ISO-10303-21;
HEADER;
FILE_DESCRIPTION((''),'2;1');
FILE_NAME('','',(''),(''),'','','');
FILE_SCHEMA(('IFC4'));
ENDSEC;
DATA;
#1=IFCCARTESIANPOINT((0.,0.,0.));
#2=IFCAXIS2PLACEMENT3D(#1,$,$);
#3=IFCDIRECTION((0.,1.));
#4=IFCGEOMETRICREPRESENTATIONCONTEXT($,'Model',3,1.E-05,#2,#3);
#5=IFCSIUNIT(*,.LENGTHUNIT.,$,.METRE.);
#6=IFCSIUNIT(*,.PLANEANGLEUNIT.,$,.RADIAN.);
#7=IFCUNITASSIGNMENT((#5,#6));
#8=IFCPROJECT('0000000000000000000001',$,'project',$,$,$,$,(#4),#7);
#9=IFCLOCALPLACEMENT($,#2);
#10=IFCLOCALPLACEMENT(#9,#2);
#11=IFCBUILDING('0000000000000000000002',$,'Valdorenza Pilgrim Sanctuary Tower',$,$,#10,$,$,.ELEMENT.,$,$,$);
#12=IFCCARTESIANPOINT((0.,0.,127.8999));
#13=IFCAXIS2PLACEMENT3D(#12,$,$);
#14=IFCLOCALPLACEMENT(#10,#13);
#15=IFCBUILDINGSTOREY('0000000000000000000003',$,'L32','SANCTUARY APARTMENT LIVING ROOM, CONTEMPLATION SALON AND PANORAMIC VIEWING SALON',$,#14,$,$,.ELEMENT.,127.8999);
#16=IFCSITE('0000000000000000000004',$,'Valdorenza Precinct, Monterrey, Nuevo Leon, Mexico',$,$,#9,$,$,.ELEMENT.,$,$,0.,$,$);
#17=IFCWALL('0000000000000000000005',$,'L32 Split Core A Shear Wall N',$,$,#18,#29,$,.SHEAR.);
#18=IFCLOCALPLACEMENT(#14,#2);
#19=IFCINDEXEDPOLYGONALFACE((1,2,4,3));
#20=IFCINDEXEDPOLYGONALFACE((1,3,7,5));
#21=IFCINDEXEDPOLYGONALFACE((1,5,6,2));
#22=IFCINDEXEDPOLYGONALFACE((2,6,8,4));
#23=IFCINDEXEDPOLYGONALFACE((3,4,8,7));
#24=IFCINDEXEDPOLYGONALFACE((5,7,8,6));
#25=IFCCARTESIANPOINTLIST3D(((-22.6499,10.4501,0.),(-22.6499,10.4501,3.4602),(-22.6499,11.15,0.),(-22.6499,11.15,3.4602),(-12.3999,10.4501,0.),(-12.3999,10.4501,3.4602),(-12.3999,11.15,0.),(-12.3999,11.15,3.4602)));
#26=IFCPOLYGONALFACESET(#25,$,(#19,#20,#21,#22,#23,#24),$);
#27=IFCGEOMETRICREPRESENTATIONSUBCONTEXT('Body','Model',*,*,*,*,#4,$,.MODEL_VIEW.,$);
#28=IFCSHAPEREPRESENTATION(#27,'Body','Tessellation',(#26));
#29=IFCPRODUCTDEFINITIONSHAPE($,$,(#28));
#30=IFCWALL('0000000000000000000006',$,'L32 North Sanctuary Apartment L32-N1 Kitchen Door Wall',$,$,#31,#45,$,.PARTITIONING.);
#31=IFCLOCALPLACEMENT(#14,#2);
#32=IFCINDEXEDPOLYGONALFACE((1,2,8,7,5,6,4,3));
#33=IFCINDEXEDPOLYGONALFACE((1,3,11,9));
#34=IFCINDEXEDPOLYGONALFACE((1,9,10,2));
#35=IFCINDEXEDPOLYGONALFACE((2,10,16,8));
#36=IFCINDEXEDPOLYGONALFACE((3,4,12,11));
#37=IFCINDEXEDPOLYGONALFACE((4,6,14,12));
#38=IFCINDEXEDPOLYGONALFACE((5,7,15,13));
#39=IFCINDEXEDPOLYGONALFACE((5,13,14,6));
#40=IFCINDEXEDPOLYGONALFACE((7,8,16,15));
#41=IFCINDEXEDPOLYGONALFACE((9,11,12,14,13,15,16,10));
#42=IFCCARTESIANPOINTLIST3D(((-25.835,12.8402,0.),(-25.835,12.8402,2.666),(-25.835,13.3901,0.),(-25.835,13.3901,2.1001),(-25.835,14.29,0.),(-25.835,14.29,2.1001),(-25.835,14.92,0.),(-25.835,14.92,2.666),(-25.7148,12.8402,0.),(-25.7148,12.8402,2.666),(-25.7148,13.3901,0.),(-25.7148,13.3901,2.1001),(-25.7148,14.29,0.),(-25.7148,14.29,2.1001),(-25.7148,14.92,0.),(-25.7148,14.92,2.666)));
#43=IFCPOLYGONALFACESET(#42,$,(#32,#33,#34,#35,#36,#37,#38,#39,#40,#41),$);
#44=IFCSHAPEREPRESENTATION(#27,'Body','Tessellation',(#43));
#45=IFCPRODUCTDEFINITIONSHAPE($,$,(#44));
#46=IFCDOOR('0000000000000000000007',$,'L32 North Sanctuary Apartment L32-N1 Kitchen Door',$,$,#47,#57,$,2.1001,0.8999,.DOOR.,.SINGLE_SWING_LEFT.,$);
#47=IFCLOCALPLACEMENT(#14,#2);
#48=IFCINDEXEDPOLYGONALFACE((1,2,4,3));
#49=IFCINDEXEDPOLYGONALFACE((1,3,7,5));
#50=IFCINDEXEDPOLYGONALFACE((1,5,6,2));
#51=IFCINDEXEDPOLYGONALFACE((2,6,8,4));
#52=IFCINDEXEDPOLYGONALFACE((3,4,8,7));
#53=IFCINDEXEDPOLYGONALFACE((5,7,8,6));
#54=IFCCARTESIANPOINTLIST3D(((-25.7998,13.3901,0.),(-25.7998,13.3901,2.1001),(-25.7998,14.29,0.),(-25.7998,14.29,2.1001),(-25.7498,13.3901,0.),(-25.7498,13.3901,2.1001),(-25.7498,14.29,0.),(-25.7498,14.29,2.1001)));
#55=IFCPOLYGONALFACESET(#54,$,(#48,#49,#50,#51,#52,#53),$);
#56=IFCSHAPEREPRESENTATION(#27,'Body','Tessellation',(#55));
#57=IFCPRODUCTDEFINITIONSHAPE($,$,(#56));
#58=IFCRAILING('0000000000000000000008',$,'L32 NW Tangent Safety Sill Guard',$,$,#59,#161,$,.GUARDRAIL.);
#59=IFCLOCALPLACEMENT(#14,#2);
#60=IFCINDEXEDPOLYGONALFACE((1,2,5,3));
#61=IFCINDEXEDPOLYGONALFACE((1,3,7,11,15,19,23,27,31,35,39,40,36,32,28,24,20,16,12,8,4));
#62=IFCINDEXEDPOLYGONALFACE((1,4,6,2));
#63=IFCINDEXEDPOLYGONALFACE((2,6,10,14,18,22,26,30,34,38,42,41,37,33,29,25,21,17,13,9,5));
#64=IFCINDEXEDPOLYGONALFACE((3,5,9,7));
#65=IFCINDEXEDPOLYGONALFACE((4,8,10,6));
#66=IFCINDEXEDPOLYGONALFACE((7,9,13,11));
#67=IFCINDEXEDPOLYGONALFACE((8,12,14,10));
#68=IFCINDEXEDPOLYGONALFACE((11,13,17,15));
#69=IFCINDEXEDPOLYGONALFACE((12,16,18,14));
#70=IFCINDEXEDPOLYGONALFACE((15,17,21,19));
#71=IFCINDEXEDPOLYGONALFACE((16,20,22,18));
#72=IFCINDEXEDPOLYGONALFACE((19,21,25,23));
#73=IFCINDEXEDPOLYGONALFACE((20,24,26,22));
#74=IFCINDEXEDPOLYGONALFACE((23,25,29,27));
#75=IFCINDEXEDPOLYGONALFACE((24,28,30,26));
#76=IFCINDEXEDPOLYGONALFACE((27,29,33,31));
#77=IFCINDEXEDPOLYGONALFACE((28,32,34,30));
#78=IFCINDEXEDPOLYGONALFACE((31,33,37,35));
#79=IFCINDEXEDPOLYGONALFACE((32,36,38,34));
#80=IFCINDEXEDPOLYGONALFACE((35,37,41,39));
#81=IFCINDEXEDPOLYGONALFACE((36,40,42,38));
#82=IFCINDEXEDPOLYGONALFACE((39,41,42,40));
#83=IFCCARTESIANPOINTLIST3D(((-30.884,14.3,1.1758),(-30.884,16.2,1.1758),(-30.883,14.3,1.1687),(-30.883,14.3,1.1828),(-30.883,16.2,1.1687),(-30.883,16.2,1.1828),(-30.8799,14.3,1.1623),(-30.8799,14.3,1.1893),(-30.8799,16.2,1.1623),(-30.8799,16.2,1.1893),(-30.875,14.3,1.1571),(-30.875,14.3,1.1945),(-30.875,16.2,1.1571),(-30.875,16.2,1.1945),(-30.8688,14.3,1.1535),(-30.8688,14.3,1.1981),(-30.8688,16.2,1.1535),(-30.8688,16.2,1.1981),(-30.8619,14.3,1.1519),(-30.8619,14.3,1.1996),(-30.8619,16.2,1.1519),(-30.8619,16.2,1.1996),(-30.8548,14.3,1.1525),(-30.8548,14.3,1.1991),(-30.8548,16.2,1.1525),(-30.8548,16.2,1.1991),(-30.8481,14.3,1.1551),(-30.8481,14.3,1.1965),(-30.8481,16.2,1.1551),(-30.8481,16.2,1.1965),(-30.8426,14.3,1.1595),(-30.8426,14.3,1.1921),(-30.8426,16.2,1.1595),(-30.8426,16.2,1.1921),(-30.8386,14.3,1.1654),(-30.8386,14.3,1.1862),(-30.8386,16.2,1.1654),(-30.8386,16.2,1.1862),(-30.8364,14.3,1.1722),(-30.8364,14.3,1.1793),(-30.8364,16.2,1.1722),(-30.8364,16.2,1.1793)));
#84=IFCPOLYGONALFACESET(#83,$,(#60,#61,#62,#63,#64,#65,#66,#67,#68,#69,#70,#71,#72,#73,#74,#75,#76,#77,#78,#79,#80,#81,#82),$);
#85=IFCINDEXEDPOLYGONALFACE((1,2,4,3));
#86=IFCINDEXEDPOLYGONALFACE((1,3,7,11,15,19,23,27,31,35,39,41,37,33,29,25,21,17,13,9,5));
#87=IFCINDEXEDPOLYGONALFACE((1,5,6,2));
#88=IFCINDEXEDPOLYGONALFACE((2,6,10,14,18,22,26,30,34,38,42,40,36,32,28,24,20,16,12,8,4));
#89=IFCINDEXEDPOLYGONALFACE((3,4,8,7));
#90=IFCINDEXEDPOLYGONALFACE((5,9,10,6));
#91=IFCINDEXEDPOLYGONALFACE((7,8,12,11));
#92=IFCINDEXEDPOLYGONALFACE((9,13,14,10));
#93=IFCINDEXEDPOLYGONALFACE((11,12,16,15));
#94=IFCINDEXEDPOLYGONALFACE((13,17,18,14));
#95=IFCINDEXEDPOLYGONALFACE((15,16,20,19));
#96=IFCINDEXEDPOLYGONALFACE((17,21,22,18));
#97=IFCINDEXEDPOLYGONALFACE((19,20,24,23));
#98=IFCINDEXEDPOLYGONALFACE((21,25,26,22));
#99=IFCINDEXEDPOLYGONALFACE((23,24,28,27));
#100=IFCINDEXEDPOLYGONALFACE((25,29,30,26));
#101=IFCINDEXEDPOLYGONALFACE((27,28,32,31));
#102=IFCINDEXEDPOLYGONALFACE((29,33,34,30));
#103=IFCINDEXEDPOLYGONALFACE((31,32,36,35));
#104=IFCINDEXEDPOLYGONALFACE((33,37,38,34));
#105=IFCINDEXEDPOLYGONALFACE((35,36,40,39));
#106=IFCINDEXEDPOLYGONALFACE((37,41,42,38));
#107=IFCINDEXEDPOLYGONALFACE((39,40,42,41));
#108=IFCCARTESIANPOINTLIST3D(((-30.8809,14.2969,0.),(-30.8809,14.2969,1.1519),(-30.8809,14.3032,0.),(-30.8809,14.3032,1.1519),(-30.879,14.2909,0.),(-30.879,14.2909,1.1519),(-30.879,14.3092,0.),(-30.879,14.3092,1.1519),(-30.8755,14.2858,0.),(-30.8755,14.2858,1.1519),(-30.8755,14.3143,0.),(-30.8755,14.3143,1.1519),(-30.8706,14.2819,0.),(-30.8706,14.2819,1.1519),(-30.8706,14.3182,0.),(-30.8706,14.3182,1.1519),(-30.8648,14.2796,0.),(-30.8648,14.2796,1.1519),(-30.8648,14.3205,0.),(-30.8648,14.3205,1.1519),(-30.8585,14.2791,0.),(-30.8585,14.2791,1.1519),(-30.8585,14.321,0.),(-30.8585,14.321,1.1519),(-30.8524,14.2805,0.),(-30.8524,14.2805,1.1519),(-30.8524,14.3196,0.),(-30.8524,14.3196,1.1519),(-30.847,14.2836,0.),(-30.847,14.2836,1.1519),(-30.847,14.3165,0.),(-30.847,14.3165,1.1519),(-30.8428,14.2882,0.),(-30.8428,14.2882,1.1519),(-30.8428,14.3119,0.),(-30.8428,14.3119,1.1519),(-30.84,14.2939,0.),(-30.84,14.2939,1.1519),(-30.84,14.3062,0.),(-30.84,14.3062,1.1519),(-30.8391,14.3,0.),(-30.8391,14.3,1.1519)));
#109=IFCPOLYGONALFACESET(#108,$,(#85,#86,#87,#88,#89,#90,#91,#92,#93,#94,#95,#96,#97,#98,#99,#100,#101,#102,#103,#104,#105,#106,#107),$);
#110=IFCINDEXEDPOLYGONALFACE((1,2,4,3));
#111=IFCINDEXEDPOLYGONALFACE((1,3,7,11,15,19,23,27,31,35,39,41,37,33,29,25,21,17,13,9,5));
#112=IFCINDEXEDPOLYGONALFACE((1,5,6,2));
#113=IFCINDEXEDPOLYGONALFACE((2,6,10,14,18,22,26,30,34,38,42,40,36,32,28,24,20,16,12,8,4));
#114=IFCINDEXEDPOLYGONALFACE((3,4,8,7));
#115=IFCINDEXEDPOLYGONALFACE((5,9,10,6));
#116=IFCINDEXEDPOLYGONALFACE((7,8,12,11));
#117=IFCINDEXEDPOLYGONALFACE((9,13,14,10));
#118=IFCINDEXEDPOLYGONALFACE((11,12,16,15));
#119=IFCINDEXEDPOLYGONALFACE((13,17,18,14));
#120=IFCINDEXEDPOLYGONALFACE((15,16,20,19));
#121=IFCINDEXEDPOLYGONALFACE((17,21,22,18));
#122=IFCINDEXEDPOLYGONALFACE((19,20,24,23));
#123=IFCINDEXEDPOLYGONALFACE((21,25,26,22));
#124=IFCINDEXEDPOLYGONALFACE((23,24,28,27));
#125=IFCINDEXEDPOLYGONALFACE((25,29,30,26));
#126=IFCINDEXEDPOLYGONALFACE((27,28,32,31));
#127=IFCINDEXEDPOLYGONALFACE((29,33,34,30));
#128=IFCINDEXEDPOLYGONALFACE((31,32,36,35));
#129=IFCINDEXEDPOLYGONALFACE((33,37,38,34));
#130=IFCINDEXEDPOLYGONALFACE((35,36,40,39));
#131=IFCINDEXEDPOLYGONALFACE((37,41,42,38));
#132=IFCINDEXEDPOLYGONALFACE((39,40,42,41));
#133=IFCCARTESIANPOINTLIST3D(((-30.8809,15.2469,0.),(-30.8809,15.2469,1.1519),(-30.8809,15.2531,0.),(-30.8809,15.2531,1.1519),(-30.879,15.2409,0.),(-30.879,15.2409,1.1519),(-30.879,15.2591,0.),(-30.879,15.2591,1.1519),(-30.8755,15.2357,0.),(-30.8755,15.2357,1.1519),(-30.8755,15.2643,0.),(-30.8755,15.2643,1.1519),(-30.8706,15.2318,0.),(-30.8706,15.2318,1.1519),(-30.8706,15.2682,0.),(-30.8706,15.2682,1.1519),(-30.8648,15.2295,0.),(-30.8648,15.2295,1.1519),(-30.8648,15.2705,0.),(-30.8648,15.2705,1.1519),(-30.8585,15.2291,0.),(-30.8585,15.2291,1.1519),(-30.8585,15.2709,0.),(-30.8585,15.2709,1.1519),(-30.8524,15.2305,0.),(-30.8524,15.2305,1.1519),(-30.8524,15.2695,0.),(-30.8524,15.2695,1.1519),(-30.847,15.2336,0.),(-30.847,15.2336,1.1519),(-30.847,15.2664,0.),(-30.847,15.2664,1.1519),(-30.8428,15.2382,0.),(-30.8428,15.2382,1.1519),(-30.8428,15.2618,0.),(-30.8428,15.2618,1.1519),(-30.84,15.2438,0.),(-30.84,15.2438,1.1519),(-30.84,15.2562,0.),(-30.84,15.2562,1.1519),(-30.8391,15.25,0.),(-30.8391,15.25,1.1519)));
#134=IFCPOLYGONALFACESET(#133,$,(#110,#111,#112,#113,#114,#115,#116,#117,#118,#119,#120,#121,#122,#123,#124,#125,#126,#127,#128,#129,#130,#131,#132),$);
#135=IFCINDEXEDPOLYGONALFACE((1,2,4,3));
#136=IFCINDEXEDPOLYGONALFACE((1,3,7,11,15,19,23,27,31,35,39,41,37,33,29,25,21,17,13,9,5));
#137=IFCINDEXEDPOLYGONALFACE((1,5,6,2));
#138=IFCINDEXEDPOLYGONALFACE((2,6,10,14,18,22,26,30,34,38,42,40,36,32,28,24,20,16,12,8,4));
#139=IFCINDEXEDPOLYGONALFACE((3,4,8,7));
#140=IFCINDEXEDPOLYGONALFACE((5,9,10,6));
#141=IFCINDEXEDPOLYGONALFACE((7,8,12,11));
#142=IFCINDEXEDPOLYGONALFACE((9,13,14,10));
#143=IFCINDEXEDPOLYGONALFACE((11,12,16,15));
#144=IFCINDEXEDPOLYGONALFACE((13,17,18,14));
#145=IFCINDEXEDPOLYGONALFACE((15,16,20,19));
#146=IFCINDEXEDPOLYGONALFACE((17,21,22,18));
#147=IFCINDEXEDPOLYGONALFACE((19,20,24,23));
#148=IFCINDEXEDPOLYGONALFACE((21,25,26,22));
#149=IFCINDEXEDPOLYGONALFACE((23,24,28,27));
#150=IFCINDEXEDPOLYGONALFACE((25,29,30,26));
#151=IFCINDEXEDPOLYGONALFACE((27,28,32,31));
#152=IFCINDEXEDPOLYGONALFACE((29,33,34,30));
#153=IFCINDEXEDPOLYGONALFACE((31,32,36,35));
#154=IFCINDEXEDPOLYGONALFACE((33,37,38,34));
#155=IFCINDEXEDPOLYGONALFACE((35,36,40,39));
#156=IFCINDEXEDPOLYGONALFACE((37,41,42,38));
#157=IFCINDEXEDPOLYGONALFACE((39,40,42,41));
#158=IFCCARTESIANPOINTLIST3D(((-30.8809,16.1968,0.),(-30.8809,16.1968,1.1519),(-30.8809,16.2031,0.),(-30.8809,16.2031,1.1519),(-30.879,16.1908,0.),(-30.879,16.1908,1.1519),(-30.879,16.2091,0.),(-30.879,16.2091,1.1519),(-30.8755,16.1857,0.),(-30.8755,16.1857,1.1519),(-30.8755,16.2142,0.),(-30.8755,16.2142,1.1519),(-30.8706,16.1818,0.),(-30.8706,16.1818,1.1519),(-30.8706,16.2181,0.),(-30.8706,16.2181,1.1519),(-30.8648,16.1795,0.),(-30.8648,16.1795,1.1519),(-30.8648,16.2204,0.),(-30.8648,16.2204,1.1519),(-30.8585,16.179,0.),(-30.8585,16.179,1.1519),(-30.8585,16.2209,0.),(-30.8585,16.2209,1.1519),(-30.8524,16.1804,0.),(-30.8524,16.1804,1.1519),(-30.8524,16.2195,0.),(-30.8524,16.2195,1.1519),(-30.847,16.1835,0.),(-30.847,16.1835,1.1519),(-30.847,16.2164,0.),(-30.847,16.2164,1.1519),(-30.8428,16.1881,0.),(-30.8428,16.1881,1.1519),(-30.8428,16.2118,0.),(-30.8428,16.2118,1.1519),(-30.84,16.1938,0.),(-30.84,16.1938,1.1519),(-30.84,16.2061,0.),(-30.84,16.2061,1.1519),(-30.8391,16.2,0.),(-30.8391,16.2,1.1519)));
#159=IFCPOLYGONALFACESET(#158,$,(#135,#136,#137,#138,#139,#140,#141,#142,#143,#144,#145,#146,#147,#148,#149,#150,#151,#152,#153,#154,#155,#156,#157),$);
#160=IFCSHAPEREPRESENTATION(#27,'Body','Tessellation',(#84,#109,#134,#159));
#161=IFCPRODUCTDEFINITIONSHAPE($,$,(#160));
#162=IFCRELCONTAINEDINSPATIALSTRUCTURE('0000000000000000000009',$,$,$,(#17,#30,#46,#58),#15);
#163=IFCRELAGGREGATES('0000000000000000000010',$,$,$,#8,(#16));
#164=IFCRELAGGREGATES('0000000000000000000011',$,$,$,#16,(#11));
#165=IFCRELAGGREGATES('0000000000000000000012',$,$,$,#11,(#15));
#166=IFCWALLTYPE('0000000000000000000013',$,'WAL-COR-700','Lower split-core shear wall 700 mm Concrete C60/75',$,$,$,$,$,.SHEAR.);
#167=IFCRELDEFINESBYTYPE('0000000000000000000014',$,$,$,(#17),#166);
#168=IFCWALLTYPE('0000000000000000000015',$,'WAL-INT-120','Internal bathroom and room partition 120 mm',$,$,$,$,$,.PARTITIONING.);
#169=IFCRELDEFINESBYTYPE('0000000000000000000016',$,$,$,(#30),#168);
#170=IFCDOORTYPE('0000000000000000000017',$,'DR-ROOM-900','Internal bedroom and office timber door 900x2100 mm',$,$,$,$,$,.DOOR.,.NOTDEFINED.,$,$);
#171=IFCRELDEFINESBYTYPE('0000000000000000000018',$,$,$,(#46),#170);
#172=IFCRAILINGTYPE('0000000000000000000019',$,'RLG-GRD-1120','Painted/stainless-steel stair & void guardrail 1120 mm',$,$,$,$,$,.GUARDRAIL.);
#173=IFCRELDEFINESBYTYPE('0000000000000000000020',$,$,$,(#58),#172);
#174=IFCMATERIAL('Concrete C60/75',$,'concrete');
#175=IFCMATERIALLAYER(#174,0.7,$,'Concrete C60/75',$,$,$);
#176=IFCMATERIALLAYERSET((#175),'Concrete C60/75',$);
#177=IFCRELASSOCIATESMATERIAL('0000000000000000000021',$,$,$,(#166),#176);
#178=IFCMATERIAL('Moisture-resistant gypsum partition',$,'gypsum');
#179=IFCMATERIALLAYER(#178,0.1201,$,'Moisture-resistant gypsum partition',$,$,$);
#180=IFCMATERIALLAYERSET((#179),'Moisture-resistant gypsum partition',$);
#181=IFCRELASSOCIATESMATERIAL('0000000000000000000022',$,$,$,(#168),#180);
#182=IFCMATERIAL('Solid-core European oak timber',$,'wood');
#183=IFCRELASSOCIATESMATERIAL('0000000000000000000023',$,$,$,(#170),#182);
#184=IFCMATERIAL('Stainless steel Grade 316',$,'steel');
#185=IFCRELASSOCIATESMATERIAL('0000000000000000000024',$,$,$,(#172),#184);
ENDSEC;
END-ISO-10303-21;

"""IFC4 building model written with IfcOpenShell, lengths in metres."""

from ifc_helpers import new_model, si_unit, direction, frame, frame_2d, origin, origin_2d, place, context, subcontext, project, spatial, rectangle, circle, extrude, material, layer, layer_set, type_object, element, fill, save


model = new_model("IFC4")

# Units and contexts
model_context = context("Model", 3, precision=1e-05, world=origin(), true_north=direction((0.0, 1.0)))
body_context = subcontext(model_context, "Body", "Model", "MODEL_VIEW")
ifc_project = project(units=[si_unit("LENGTHUNIT", "METRE"), si_unit("PLANEANGLEUNIT", "RADIAN")], contexts=[model_context])

# Site, building, storey
site_placement = place(None, origin())
site = spatial("IfcSite", under=ifc_project, at=site_placement, Name="Valdorenza Precinct, Monterrey, Nuevo Leon, Mexico", CompositionType="ELEMENT", RefElevation=0.0)
building_placement = place(site_placement, origin())
building = spatial("IfcBuilding", under=site, at=building_placement, Name="Valdorenza Pilgrim Sanctuary Tower", CompositionType="ELEMENT")
storey_placement = place(building_placement, frame((0.0, 0.0, 127.8999)))
storey = spatial("IfcBuildingStorey", under=building, at=storey_placement, Name="L32", Description="SANCTUARY APARTMENT LIVING ROOM, CONTEMPLATION SALON AND PANORAMIC VIEWING SALON", CompositionType="ELEMENT", Elevation=127.8999)

# Shared definitions
ifc_material_1 = material(Name="Concrete C60/75", Category="concrete")

# Shared definitions
ifc_material_2 = material(Name="Solid-core European oak timber", Category="wood")

# Wall
ifc_layer_1 = layer(ifc_material_1, 0.7, Name="Concrete C60/75")
ifc_layer_set_1 = layer_set([ifc_layer_1], Name="Concrete C60/75")
wall_type_1 = type_object("IfcWallType", Name="WAL-COR-700", Description="Lower split-core shear wall 700 mm Concrete C60/75", PredefinedType="SHEAR", material=ifc_layer_set_1)
wall_1_placement = place(storey_placement, frame((-22.6499, 10.8, 0.0), z_axis=(0.0, 0.0, 1.0), x_axis=(1.0, 0.0, 0.0)))
element("IfcWall", 1, at=wall_1_placement, inside=storey, type_object=wall_type_1, Name="L32 Split Core A Shear Wall N", PredefinedType="SHEAR", context=body_context, shape_type="SweptSolid", body=[
    extrude(rectangle(XDim=10.25, YDim=0.7, at=frame_2d((5.125, 0.0))), origin(), (0.0, 0.0, 1.0), 3.4602),
])

# Wall, opening, door
ifc_material_3 = material(Name="Moisture-resistant gypsum partition", Category="gypsum")
ifc_layer_2 = layer(ifc_material_3, 0.1201, Name="Moisture-resistant gypsum partition")
ifc_layer_set_2 = layer_set([ifc_layer_2], Name="Moisture-resistant gypsum partition")
wall_type_2 = type_object("IfcWallType", Name="WAL-INT-120", Description="Internal bathroom and room partition 120 mm", PredefinedType="PARTITIONING", material=ifc_layer_set_2)
wall_2_placement = place(storey_placement, frame((-25.7749, 12.8401, 0.0), z_axis=(0.0, 0.0, 1.0), x_axis=(0.0, 1.0, 0.0)))
wall_2 = element("IfcWall", 2, at=wall_2_placement, inside=storey, type_object=wall_type_2, Name="L32 North Sanctuary Apartment L32-N1 Kitchen Door Wall", PredefinedType="PARTITIONING", context=body_context, shape_type="SweptSolid", body=[
    extrude(rectangle(XDim=2.0798, YDim=0.1201, at=frame_2d((1.04, 0.0))), origin(), (0.0, 0.0, 1.0), 2.666),
])
opening_1_placement = place(wall_2_placement, frame((0.55, 0.0, 0.0)))
opening_1 = element("IfcOpeningElement", 3, at=opening_1_placement, cuts=wall_2, PredefinedType="OPENING", context=body_context, shape_type="SweptSolid", body=[
    extrude(rectangle(XDim=0.8999, YDim=2.1001, at=frame_2d((0.45, 1.05))), frame((0.0, 0.075, 0.0), z_axis=(0.0, -1.0, 0.0), x_axis=(1.0, 0.0, 0.0)), (0.0, 0.0, 1.0), 0.1499),
])
door_type_1 = type_object("IfcDoorType", Name="DR-ROOM-900", Description="Internal bedroom and office timber door 900x2100 mm", OperationType="NOTDEFINED", PredefinedType="DOOR", material=ifc_material_2)
door_1_placement = place(opening_1_placement, origin())
door_1 = element("IfcDoor", 4, at=door_1_placement, inside=storey, type_object=door_type_1, Name="L32 North Sanctuary Apartment L32-N1 Kitchen Door", OperationType="SINGLE_SWING_LEFT", OverallHeight=2.1001, OverallWidth=0.8999, PredefinedType="DOOR", context=body_context, shape_type="SweptSolid", body=[
    extrude(rectangle(XDim=0.8999, YDim=2.1001, at=frame_2d((0.45, 1.05))), frame((0.0, 0.0249, 0.0), z_axis=(0.0, -1.0, 0.0), x_axis=(1.0, 0.0, 0.0)), (0.0, 0.0, 1.0), 0.05),
])
fill(opening_1, door_1)

# Railing
ifc_material_4 = material(Name="Stainless steel Grade 316", Category="steel")
railing_type = type_object("IfcRailingType", Name="RLG-GRD-1120", Description="Painted/stainless-steel stair & void guardrail 1120 mm", PredefinedType="GUARDRAIL", material=ifc_material_4)
railing_placement = place(storey_placement, frame((-30.8601, 14.3, 0.0)))
element("IfcRailing", 5, at=railing_placement, inside=storey, type_object=railing_type, Name="L32 NW Tangent Safety Sill Guard", PredefinedType="GUARDRAIL", context=body_context, shape_type="SweptSolid", body=[
    extrude(circle(Radius=0.0239, at=origin_2d()), frame((0.0, 0.0, 1.1758), z_axis=(0.0, 1.0, 0.0), x_axis=(-1.0, 0.0, 0.0)), (0.0, 0.0, 1.0), 1.8999),
    extrude(circle(Radius=0.021, at=origin_2d()), origin(), (0.0, 0.0, 1.0), 1.1519),
    extrude(circle(Radius=0.021, at=origin_2d()), frame((0.0, 0.95, 0.0)), (0.0, 0.0, 1.0), 1.1519),
    extrude(circle(Radius=0.021, at=origin_2d()), frame((0.0, 1.8999, 0.0)), (0.0, 0.0, 1.0), 1.1519),
])

save(model, "model.ifc")
